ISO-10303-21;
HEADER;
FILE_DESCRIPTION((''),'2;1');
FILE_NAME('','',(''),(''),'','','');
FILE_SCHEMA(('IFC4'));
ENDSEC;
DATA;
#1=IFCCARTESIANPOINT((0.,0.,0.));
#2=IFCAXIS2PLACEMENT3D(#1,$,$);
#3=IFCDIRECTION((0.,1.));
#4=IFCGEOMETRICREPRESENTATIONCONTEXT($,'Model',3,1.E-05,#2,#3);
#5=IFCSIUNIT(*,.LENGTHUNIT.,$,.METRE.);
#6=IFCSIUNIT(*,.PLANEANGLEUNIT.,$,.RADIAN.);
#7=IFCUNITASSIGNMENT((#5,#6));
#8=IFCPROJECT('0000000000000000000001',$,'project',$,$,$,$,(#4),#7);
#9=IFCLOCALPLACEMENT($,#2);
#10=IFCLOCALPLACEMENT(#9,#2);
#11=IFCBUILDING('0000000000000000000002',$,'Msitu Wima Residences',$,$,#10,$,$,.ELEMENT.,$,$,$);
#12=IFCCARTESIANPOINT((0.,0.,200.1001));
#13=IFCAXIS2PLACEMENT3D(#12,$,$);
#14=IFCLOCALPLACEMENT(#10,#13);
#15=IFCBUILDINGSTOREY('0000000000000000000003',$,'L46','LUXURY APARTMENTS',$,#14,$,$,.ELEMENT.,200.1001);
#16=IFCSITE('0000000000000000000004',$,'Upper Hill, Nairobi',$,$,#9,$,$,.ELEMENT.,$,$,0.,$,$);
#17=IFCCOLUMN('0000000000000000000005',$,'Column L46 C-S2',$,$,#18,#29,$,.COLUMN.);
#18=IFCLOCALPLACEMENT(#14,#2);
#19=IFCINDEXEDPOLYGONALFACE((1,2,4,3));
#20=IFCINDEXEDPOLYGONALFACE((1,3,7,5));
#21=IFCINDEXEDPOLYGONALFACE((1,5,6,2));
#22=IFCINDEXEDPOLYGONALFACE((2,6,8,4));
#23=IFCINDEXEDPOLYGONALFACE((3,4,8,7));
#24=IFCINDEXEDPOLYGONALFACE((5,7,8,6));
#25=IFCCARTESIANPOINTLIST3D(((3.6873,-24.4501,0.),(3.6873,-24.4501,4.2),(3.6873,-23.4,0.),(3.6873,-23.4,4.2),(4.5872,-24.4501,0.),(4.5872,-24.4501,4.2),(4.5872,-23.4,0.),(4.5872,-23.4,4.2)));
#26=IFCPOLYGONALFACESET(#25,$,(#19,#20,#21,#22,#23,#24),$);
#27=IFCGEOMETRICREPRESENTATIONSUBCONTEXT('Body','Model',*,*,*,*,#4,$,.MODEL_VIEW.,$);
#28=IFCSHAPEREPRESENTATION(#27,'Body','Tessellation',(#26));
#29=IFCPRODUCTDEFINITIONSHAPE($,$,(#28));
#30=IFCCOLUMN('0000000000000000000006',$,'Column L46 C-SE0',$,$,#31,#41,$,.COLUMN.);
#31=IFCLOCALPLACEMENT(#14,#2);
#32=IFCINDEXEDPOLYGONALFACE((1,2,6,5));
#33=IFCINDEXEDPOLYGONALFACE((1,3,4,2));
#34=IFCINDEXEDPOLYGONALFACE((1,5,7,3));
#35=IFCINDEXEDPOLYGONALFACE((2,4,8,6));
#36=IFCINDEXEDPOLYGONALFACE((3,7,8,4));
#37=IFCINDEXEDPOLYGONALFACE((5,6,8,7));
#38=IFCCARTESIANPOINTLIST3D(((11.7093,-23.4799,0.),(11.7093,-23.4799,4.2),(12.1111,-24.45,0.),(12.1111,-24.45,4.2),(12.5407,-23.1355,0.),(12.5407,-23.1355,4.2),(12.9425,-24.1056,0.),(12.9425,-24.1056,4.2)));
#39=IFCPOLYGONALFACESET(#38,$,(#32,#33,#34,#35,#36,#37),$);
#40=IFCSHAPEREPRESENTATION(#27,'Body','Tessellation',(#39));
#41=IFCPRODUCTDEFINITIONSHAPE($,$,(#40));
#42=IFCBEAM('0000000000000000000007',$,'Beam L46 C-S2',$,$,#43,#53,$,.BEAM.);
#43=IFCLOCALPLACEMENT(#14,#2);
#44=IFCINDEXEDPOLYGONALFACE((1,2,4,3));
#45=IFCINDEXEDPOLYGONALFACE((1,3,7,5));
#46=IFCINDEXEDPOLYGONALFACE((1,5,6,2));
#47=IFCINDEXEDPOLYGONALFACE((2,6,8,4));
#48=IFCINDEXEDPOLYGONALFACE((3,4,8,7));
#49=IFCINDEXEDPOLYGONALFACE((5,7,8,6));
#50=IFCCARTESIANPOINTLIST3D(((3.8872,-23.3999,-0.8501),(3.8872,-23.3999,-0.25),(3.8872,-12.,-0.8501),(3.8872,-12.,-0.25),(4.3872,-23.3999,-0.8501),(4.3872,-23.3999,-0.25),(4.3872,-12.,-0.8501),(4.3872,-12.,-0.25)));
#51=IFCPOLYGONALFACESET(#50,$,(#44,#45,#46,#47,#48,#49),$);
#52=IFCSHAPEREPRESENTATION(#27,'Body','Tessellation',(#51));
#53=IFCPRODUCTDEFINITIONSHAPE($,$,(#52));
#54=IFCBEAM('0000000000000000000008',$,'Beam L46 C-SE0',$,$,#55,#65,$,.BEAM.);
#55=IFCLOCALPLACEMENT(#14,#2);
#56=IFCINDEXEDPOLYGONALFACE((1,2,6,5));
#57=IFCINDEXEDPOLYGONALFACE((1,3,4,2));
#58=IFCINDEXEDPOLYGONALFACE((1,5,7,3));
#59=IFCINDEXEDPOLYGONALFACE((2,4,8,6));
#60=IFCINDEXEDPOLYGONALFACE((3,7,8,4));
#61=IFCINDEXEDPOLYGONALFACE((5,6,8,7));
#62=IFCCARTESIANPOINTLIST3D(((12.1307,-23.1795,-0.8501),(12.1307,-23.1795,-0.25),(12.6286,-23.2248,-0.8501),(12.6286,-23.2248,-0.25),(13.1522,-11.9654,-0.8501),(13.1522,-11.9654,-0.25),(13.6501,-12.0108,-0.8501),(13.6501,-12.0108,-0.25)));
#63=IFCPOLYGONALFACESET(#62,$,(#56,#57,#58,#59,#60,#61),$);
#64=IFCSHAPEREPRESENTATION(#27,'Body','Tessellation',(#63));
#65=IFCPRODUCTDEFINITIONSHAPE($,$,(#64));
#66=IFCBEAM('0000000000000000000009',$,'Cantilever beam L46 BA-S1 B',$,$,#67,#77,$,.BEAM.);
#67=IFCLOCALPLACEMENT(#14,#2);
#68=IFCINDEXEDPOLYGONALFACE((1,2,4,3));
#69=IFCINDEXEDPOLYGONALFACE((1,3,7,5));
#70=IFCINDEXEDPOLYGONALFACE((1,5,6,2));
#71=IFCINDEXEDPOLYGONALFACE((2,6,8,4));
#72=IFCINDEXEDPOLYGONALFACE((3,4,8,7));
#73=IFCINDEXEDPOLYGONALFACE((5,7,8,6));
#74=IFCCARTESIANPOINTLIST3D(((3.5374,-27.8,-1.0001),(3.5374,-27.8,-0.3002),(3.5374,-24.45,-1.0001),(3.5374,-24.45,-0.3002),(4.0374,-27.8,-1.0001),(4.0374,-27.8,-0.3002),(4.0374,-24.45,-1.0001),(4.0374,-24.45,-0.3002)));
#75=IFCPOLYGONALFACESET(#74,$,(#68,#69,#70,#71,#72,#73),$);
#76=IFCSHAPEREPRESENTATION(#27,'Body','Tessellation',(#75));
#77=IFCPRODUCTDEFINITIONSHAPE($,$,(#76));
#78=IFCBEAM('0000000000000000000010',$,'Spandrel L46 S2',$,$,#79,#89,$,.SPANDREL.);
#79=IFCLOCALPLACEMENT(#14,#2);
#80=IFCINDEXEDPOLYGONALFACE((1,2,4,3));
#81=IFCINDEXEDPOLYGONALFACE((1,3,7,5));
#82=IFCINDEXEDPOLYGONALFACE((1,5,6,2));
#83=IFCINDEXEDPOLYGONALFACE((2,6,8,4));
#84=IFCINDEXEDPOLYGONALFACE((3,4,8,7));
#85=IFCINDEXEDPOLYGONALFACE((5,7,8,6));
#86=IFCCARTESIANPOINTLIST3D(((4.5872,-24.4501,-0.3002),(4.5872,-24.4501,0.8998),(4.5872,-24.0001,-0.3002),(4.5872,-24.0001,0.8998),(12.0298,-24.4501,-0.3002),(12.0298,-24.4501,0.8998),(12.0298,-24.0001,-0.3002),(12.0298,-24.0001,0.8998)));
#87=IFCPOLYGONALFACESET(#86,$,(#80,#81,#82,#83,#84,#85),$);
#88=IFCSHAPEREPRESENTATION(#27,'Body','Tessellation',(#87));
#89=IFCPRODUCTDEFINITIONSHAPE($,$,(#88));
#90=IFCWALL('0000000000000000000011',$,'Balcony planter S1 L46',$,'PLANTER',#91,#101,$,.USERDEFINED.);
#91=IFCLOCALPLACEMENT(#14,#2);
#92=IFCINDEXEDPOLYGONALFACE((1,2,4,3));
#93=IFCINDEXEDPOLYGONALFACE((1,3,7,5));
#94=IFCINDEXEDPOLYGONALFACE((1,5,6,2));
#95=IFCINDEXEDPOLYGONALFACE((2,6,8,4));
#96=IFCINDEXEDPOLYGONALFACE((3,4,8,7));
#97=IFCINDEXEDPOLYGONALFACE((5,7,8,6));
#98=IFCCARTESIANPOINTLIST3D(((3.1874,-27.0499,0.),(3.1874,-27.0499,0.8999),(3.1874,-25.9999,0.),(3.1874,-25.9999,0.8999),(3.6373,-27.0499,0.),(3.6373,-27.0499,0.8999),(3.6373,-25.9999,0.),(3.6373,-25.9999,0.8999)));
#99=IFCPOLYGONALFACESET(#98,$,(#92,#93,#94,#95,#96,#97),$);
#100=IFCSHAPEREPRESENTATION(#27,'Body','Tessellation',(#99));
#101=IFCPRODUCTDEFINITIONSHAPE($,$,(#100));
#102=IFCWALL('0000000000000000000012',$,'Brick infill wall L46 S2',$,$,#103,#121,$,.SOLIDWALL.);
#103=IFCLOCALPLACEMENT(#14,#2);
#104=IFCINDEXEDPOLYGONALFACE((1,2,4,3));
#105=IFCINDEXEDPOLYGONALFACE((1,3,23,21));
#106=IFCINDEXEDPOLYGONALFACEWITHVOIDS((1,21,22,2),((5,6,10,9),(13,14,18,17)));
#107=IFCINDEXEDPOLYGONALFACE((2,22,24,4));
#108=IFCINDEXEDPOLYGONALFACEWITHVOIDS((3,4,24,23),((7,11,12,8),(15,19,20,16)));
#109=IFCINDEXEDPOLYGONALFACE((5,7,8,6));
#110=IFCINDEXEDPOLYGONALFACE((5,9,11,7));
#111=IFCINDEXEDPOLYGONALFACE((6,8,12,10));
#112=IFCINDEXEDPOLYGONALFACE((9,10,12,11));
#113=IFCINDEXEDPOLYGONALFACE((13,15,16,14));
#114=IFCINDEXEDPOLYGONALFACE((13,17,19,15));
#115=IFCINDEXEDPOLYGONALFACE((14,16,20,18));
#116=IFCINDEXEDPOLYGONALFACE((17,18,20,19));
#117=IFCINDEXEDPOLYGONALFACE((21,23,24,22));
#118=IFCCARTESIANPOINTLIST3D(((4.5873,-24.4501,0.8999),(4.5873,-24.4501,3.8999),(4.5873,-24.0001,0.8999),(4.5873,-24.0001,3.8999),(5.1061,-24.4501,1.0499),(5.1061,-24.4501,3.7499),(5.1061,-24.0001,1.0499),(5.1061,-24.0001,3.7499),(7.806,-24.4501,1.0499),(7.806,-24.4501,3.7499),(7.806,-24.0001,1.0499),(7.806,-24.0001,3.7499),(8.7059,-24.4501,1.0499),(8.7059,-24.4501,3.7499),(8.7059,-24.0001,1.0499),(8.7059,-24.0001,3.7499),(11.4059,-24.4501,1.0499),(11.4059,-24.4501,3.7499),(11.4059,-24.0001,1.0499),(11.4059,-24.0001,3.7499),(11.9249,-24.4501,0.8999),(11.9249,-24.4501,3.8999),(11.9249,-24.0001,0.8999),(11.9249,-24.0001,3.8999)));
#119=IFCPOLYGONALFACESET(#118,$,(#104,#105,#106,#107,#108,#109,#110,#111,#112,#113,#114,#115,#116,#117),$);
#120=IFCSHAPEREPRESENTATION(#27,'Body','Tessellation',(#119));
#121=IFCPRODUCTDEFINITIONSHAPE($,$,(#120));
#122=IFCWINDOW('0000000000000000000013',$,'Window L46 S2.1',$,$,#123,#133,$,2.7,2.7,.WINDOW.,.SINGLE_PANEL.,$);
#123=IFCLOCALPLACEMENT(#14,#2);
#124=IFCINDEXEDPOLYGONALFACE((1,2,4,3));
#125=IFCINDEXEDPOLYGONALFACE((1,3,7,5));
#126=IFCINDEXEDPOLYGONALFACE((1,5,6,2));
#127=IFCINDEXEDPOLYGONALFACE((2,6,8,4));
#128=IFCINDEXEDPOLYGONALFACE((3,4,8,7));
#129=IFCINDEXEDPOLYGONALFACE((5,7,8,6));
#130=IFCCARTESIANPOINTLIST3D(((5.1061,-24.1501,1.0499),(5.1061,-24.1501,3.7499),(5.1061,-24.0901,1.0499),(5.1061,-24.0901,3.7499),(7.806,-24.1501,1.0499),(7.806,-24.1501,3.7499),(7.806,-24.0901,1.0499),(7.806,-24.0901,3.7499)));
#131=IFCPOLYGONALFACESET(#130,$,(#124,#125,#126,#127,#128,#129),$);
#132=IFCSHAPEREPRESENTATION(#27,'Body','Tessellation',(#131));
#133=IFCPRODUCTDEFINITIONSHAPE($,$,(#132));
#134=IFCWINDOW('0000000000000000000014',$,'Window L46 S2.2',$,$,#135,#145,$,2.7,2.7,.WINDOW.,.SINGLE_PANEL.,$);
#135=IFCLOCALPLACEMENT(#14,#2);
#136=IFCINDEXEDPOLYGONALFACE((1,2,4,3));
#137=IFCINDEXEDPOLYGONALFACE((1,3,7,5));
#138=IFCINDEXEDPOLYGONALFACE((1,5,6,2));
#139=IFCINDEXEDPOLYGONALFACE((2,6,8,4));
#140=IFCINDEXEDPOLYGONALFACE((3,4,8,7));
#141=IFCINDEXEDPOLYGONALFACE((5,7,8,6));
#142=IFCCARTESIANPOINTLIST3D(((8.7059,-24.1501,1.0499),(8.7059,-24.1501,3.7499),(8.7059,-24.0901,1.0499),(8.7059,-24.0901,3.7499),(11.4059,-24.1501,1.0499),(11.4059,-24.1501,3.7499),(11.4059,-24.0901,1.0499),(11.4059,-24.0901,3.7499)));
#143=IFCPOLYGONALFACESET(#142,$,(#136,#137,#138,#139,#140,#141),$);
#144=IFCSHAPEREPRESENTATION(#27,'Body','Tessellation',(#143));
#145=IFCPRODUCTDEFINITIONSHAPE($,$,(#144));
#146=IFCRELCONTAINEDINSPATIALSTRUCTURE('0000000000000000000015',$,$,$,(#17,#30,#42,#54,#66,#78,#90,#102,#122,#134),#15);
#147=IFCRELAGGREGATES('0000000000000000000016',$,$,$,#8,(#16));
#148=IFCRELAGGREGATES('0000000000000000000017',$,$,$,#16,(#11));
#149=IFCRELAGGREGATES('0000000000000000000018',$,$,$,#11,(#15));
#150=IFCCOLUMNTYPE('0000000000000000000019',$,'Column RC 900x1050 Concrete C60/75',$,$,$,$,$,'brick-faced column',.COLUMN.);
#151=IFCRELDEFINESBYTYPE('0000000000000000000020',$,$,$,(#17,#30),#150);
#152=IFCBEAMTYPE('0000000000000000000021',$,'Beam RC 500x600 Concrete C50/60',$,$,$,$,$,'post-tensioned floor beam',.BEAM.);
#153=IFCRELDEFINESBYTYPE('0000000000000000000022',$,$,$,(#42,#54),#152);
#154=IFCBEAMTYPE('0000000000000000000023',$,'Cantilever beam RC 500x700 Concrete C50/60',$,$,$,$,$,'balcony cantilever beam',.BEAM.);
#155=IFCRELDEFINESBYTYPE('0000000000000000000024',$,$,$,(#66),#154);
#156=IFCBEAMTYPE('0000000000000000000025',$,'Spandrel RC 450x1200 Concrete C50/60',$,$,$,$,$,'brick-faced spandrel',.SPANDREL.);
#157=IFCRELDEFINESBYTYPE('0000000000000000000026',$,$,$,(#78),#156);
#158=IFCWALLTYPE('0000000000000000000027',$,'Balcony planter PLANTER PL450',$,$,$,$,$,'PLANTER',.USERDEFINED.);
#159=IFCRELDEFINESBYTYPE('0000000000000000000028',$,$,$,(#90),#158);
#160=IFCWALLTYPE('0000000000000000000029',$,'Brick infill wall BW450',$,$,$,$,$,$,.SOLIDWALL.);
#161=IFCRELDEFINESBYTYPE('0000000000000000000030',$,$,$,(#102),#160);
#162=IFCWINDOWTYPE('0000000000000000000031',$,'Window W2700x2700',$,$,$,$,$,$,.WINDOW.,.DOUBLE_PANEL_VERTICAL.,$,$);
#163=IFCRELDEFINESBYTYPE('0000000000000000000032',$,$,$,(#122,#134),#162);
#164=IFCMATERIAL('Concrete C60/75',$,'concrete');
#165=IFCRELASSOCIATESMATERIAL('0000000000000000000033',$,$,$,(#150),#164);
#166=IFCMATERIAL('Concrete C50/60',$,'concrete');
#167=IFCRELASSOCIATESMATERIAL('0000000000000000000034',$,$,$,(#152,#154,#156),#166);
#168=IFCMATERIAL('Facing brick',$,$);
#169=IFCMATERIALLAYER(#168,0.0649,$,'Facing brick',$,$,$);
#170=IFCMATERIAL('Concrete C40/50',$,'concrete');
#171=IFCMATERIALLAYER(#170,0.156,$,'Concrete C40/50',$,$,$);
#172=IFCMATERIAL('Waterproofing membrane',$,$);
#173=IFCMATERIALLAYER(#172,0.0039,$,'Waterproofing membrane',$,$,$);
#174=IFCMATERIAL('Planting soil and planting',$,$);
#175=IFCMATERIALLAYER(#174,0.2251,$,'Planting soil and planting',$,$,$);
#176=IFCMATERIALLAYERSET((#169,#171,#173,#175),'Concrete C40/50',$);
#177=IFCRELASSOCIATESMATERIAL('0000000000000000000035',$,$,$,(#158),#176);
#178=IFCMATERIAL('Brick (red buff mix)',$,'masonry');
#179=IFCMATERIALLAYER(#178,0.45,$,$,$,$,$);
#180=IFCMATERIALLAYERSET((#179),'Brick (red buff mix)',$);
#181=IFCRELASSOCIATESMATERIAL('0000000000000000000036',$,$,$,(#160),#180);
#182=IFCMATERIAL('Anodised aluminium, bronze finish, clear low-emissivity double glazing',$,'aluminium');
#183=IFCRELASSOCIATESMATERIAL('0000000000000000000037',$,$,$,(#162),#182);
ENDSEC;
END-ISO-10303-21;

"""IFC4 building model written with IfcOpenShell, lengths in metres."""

from ifc_helpers import new_model, si_unit, direction, frame, frame_2d, origin, origin_2d, place, context, subcontext, project, spatial, rectangle, extrude, material, layer, layer_set, material_profile, profile_set, type_object, element, fill, save


model = new_model("IFC4")

# Units and contexts
model_context = context("Model", 3, precision=1e-05, world=origin(), true_north=direction((0.0, 1.0)))
body_context = subcontext(model_context, "Body", "Model", "MODEL_VIEW")
ifc_project = project(units=[si_unit("LENGTHUNIT", "METRE"), si_unit("PLANEANGLEUNIT", "RADIAN")], contexts=[model_context])

# Site, building, storey
site_placement = place(None, origin())
site = spatial("IfcSite", under=ifc_project, at=site_placement, Name="Upper Hill, Nairobi", CompositionType="ELEMENT", RefElevation=0.0)
building_placement = place(site_placement, origin())
building = spatial("IfcBuilding", under=site, at=building_placement, Name="Msitu Wima Residences", CompositionType="ELEMENT")
storey_placement = place(building_placement, frame((0.0, 0.0, 200.1001)))
storey = spatial("IfcBuildingStorey", under=building, at=storey_placement, Name="L46", Description="LUXURY APARTMENTS", CompositionType="ELEMENT", Elevation=200.1001)

# Columns
ifc_material_1 = material(Name="Concrete C60/75", Category="concrete")
ifc_material_profile_1 = material_profile(ifc_material_1, rectangle(XDim=0.8999, YDim=1.05, at=origin_2d()), Name="RC 900x1050")
ifc_profile_set_1 = profile_set([ifc_material_profile_1], Name="Concrete C60/75")
column_type = type_object("IfcColumnType", Name="Column RC 900x1050 Concrete C60/75", ElementType="brick-faced column", PredefinedType="COLUMN", material=ifc_profile_set_1)
for number, where, z_axis, x_axis, name in (
    (1, (4.1372, -23.925, 0.0), (0.0, 0.0, 1.0), (1.0, 0.0, 0.0), "Column L46 C-S2"),
    (2, (12.3259, -23.7927, 0.0), (0.0, 0.0, 1.0), (0.92388, 0.382683, 0.0), "Column L46 C-SE0"),
):
    element("IfcColumn", number, at=place(storey_placement, frame(where, z_axis=z_axis, x_axis=x_axis)), inside=storey, type_object=column_type, Name=name, PredefinedType="COLUMN", context=body_context, shape_type="SweptSolid", body=[
        extrude(rectangle(XDim=0.8999, YDim=1.05, at=origin_2d()), origin(), (0.0, 0.0, 1.0), 4.2),
    ])

# Beams
ifc_material_2 = material(Name="Concrete C50/60", Category="concrete")
ifc_material_profile_2 = material_profile(ifc_material_2, rectangle(XDim=0.5, YDim=0.6001, at=origin_2d()), Name="RC 500x600")
ifc_profile_set_2 = profile_set([ifc_material_profile_2], Name="Concrete C50/60")
beam_type_1 = type_object("IfcBeamType", Name="Beam RC 500x600 Concrete C50/60", ElementType="post-tensioned floor beam", PredefinedType="BEAM", material=ifc_profile_set_2)
beam_1_placement = place(storey_placement, frame((4.1372, -23.3999, -0.55), z_axis=(0.0, 1.0, 0.0), x_axis=(-1.0, 0.0, 0.0)))
element("IfcBeam", 3, at=beam_1_placement, inside=storey, type_object=beam_type_1, Name="Beam L46 C-S2", PredefinedType="BEAM", context=body_context, shape_type="SweptSolid", body=[
    extrude(rectangle(XDim=0.5, YDim=0.6001, at=origin_2d()), origin(), (0.0, 0.0, 1.0), 11.3999),
])
beam_2_placement = place(storey_placement, frame((12.3796, -23.2021, -0.55), z_axis=(0.090714, 0.995877, 0.0), x_axis=(-0.995877, 0.090714, 0.0)))
element("IfcBeam", 4, at=beam_2_placement, inside=storey, type_object=beam_type_1, Name="Beam L46 C-SE0", PredefinedType="BEAM", context=body_context, shape_type="SweptSolid", body=[
    extrude(rectangle(XDim=0.5, YDim=0.6001, at=origin_2d()), origin(), (0.0, 0.0, 1.0), 11.2605),
])
ifc_material_profile_3 = material_profile(ifc_material_2, rectangle(XDim=0.5, YDim=0.7, at=origin_2d()), Name="RC 500x700")
ifc_profile_set_3 = profile_set([ifc_material_profile_3], Name="Concrete C50/60")
beam_type_2 = type_object("IfcBeamType", Name="Cantilever beam RC 500x700 Concrete C50/60", ElementType="balcony cantilever beam", PredefinedType="BEAM", material=ifc_profile_set_3)
beam_3_placement = place(storey_placement, frame((3.7874, -24.45, -0.6501), z_axis=(0.0, -1.0, 0.0), x_axis=(1.0, 0.0, 0.0)))
element("IfcBeam", 5, at=beam_3_placement, inside=storey, type_object=beam_type_2, Name="Cantilever beam L46 BA-S1 B", PredefinedType="BEAM", context=body_context, shape_type="SweptSolid", body=[
    extrude(rectangle(XDim=0.5, YDim=0.7, at=origin_2d()), origin(), (0.0, 0.0, 1.0), 3.3501),
])
ifc_material_profile_4 = material_profile(ifc_material_2, rectangle(XDim=0.45, YDim=1.2, at=origin_2d()), Name="RC 450x1200")
ifc_profile_set_4 = profile_set([ifc_material_profile_4], Name="Concrete C50/60")
beam_type_3 = type_object("IfcBeamType", Name="Spandrel RC 450x1200 Concrete C50/60", ElementType="brick-faced spandrel", PredefinedType="SPANDREL", material=ifc_profile_set_4)
beam_4_placement = place(storey_placement, frame((4.5872, -24.2251, 0.2998), z_axis=(1.0, 0.0, 0.0), x_axis=(0.0, 1.0, 0.0)))
element("IfcBeam", 6, at=beam_4_placement, inside=storey, type_object=beam_type_3, Name="Spandrel L46 S2", PredefinedType="SPANDREL", context=body_context, shape_type="SweptSolid", body=[
    extrude(rectangle(XDim=0.45, YDim=1.2, at=origin_2d()), origin(), (0.0, 0.0, 1.0), 7.4426),
])

# Wall
ifc_material_3 = material(Name="Facing brick")
ifc_layer_1 = layer(ifc_material_3, 0.0649, Name="Facing brick")
ifc_material_4 = material(Name="Concrete C40/50", Category="concrete")
ifc_layer_2 = layer(ifc_material_4, 0.156, Name="Concrete C40/50")
ifc_material_5 = material(Name="Waterproofing membrane")
ifc_layer_3 = layer(ifc_material_5, 0.0039, Name="Waterproofing membrane")
ifc_material_6 = material(Name="Planting soil and planting")
ifc_layer_4 = layer(ifc_material_6, 0.2251, Name="Planting soil and planting")
ifc_layer_set_1 = layer_set([ifc_layer_1, ifc_layer_2, ifc_layer_3, ifc_layer_4], Name="Concrete C40/50")
wall_type_1 = type_object("IfcWallType", Name="Balcony planter PLANTER PL450", ElementType="PLANTER", PredefinedType="USERDEFINED", material=ifc_layer_set_1)
wall_1_placement = place(storey_placement, frame((3.4124, -26.0, 0.0), z_axis=(0.0, 0.0, 1.0), x_axis=(0.0, -1.0, 0.0)))
element("IfcWall", 7, at=wall_1_placement, inside=storey, type_object=wall_type_1, Name="Balcony planter S1 L46", ObjectType="PLANTER", PredefinedType="USERDEFINED", context=body_context, shape_type="SweptSolid", body=[
    extrude(rectangle(XDim=1.05, YDim=0.45, at=frame_2d((0.5249, 0.0))), origin(), (0.0, 0.0, 1.0), 0.8999),
])

# Wall, openings, windows
ifc_material_7 = material(Name="Brick (red buff mix)", Category="masonry")
ifc_layer_5 = layer(ifc_material_7, 0.45)
ifc_layer_set_2 = layer_set([ifc_layer_5], Name="Brick (red buff mix)")
wall_type_2 = type_object("IfcWallType", Name="Brick infill wall BW450", PredefinedType="SOLIDWALL", material=ifc_layer_set_2)
wall_2_placement = place(storey_placement, frame((4.5872, -24.2251, 0.8999), z_axis=(0.0, 0.0, 1.0), x_axis=(1.0, 0.0, 0.0)))
wall_2 = element("IfcWall", 8, at=wall_2_placement, inside=storey, type_object=wall_type_2, Name="Brick infill wall L46 S2", PredefinedType="SOLIDWALL", context=body_context, shape_type="SweptSolid", body=[
    extrude(rectangle(XDim=7.3376, YDim=0.45, at=frame_2d((3.6689, 0.0))), origin(), (0.0, 0.0, 1.0), 3.0),
])
opening_1_placement = place(wall_2_placement, frame((0.5188, 0.0, 0.1499)))
opening_1 = element("IfcOpeningElement", 9, at=opening_1_placement, cuts=wall_2, PredefinedType="OPENING", context=body_context, shape_type="SweptSolid", body=[
    extrude(rectangle(XDim=2.7, YDim=2.7, at=frame_2d((1.3501, 1.3501))), frame((0.0, 0.2349, 0.0), z_axis=(0.0, -1.0, 0.0), x_axis=(1.0, 0.0, 0.0)), (0.0, 0.0, 1.0), 0.47),
])
opening_2_placement = place(wall_2_placement, frame((4.1187, 0.0, 0.1499)))
opening_2 = element("IfcOpeningElement", 10, at=opening_2_placement, cuts=wall_2, PredefinedType="OPENING", context=body_context, shape_type="SweptSolid", body=[
    extrude(rectangle(XDim=2.7, YDim=2.7, at=frame_2d((1.3501, 1.3501))), frame((0.0, 0.2349, 0.0), z_axis=(0.0, -1.0, 0.0), x_axis=(1.0, 0.0, 0.0)), (0.0, 0.0, 1.0), 0.47),
])
ifc_material_8 = material(Name="Anodised aluminium, bronze finish, clear low-emissivity double glazing", Category="aluminium")
window_type = type_object("IfcWindowType", Name="Window W2700x2700", PartitioningType="DOUBLE_PANEL_VERTICAL", PredefinedType="WINDOW", material=ifc_material_8)
window_1_placement = place(opening_1_placement, origin())
window_1 = element("IfcWindow", 11, at=window_1_placement, inside=storey, type_object=window_type, Name="Window L46 S2.1", OverallHeight=2.7, OverallWidth=2.7, PartitioningType="SINGLE_PANEL", PredefinedType="WINDOW", context=body_context, shape_type="SweptSolid", body=[
    extrude(rectangle(XDim=2.7, YDim=2.7, at=frame_2d((1.3501, 1.3501))), frame((0.0, 0.135, 0.0), z_axis=(0.0, -1.0, 0.0), x_axis=(1.0, 0.0, 0.0)), (0.0, 0.0, 1.0), 0.0601),
])
fill(opening_1, window_1)
window_2_placement = place(opening_2_placement, origin())
window_2 = element("IfcWindow", 12, at=window_2_placement, inside=storey, type_object=window_type, Name="Window L46 S2.2", OverallHeight=2.7, OverallWidth=2.7, PartitioningType="SINGLE_PANEL", PredefinedType="WINDOW", context=body_context, shape_type="SweptSolid", body=[
    extrude(rectangle(XDim=2.7, YDim=2.7, at=frame_2d((1.3501, 1.3501))), frame((0.0, 0.135, 0.0), z_axis=(0.0, -1.0, 0.0), x_axis=(1.0, 0.0, 0.0)), (0.0, 0.0, 1.0), 0.0601),
])
fill(opening_2, window_2)

save(model, "model.ifc")
